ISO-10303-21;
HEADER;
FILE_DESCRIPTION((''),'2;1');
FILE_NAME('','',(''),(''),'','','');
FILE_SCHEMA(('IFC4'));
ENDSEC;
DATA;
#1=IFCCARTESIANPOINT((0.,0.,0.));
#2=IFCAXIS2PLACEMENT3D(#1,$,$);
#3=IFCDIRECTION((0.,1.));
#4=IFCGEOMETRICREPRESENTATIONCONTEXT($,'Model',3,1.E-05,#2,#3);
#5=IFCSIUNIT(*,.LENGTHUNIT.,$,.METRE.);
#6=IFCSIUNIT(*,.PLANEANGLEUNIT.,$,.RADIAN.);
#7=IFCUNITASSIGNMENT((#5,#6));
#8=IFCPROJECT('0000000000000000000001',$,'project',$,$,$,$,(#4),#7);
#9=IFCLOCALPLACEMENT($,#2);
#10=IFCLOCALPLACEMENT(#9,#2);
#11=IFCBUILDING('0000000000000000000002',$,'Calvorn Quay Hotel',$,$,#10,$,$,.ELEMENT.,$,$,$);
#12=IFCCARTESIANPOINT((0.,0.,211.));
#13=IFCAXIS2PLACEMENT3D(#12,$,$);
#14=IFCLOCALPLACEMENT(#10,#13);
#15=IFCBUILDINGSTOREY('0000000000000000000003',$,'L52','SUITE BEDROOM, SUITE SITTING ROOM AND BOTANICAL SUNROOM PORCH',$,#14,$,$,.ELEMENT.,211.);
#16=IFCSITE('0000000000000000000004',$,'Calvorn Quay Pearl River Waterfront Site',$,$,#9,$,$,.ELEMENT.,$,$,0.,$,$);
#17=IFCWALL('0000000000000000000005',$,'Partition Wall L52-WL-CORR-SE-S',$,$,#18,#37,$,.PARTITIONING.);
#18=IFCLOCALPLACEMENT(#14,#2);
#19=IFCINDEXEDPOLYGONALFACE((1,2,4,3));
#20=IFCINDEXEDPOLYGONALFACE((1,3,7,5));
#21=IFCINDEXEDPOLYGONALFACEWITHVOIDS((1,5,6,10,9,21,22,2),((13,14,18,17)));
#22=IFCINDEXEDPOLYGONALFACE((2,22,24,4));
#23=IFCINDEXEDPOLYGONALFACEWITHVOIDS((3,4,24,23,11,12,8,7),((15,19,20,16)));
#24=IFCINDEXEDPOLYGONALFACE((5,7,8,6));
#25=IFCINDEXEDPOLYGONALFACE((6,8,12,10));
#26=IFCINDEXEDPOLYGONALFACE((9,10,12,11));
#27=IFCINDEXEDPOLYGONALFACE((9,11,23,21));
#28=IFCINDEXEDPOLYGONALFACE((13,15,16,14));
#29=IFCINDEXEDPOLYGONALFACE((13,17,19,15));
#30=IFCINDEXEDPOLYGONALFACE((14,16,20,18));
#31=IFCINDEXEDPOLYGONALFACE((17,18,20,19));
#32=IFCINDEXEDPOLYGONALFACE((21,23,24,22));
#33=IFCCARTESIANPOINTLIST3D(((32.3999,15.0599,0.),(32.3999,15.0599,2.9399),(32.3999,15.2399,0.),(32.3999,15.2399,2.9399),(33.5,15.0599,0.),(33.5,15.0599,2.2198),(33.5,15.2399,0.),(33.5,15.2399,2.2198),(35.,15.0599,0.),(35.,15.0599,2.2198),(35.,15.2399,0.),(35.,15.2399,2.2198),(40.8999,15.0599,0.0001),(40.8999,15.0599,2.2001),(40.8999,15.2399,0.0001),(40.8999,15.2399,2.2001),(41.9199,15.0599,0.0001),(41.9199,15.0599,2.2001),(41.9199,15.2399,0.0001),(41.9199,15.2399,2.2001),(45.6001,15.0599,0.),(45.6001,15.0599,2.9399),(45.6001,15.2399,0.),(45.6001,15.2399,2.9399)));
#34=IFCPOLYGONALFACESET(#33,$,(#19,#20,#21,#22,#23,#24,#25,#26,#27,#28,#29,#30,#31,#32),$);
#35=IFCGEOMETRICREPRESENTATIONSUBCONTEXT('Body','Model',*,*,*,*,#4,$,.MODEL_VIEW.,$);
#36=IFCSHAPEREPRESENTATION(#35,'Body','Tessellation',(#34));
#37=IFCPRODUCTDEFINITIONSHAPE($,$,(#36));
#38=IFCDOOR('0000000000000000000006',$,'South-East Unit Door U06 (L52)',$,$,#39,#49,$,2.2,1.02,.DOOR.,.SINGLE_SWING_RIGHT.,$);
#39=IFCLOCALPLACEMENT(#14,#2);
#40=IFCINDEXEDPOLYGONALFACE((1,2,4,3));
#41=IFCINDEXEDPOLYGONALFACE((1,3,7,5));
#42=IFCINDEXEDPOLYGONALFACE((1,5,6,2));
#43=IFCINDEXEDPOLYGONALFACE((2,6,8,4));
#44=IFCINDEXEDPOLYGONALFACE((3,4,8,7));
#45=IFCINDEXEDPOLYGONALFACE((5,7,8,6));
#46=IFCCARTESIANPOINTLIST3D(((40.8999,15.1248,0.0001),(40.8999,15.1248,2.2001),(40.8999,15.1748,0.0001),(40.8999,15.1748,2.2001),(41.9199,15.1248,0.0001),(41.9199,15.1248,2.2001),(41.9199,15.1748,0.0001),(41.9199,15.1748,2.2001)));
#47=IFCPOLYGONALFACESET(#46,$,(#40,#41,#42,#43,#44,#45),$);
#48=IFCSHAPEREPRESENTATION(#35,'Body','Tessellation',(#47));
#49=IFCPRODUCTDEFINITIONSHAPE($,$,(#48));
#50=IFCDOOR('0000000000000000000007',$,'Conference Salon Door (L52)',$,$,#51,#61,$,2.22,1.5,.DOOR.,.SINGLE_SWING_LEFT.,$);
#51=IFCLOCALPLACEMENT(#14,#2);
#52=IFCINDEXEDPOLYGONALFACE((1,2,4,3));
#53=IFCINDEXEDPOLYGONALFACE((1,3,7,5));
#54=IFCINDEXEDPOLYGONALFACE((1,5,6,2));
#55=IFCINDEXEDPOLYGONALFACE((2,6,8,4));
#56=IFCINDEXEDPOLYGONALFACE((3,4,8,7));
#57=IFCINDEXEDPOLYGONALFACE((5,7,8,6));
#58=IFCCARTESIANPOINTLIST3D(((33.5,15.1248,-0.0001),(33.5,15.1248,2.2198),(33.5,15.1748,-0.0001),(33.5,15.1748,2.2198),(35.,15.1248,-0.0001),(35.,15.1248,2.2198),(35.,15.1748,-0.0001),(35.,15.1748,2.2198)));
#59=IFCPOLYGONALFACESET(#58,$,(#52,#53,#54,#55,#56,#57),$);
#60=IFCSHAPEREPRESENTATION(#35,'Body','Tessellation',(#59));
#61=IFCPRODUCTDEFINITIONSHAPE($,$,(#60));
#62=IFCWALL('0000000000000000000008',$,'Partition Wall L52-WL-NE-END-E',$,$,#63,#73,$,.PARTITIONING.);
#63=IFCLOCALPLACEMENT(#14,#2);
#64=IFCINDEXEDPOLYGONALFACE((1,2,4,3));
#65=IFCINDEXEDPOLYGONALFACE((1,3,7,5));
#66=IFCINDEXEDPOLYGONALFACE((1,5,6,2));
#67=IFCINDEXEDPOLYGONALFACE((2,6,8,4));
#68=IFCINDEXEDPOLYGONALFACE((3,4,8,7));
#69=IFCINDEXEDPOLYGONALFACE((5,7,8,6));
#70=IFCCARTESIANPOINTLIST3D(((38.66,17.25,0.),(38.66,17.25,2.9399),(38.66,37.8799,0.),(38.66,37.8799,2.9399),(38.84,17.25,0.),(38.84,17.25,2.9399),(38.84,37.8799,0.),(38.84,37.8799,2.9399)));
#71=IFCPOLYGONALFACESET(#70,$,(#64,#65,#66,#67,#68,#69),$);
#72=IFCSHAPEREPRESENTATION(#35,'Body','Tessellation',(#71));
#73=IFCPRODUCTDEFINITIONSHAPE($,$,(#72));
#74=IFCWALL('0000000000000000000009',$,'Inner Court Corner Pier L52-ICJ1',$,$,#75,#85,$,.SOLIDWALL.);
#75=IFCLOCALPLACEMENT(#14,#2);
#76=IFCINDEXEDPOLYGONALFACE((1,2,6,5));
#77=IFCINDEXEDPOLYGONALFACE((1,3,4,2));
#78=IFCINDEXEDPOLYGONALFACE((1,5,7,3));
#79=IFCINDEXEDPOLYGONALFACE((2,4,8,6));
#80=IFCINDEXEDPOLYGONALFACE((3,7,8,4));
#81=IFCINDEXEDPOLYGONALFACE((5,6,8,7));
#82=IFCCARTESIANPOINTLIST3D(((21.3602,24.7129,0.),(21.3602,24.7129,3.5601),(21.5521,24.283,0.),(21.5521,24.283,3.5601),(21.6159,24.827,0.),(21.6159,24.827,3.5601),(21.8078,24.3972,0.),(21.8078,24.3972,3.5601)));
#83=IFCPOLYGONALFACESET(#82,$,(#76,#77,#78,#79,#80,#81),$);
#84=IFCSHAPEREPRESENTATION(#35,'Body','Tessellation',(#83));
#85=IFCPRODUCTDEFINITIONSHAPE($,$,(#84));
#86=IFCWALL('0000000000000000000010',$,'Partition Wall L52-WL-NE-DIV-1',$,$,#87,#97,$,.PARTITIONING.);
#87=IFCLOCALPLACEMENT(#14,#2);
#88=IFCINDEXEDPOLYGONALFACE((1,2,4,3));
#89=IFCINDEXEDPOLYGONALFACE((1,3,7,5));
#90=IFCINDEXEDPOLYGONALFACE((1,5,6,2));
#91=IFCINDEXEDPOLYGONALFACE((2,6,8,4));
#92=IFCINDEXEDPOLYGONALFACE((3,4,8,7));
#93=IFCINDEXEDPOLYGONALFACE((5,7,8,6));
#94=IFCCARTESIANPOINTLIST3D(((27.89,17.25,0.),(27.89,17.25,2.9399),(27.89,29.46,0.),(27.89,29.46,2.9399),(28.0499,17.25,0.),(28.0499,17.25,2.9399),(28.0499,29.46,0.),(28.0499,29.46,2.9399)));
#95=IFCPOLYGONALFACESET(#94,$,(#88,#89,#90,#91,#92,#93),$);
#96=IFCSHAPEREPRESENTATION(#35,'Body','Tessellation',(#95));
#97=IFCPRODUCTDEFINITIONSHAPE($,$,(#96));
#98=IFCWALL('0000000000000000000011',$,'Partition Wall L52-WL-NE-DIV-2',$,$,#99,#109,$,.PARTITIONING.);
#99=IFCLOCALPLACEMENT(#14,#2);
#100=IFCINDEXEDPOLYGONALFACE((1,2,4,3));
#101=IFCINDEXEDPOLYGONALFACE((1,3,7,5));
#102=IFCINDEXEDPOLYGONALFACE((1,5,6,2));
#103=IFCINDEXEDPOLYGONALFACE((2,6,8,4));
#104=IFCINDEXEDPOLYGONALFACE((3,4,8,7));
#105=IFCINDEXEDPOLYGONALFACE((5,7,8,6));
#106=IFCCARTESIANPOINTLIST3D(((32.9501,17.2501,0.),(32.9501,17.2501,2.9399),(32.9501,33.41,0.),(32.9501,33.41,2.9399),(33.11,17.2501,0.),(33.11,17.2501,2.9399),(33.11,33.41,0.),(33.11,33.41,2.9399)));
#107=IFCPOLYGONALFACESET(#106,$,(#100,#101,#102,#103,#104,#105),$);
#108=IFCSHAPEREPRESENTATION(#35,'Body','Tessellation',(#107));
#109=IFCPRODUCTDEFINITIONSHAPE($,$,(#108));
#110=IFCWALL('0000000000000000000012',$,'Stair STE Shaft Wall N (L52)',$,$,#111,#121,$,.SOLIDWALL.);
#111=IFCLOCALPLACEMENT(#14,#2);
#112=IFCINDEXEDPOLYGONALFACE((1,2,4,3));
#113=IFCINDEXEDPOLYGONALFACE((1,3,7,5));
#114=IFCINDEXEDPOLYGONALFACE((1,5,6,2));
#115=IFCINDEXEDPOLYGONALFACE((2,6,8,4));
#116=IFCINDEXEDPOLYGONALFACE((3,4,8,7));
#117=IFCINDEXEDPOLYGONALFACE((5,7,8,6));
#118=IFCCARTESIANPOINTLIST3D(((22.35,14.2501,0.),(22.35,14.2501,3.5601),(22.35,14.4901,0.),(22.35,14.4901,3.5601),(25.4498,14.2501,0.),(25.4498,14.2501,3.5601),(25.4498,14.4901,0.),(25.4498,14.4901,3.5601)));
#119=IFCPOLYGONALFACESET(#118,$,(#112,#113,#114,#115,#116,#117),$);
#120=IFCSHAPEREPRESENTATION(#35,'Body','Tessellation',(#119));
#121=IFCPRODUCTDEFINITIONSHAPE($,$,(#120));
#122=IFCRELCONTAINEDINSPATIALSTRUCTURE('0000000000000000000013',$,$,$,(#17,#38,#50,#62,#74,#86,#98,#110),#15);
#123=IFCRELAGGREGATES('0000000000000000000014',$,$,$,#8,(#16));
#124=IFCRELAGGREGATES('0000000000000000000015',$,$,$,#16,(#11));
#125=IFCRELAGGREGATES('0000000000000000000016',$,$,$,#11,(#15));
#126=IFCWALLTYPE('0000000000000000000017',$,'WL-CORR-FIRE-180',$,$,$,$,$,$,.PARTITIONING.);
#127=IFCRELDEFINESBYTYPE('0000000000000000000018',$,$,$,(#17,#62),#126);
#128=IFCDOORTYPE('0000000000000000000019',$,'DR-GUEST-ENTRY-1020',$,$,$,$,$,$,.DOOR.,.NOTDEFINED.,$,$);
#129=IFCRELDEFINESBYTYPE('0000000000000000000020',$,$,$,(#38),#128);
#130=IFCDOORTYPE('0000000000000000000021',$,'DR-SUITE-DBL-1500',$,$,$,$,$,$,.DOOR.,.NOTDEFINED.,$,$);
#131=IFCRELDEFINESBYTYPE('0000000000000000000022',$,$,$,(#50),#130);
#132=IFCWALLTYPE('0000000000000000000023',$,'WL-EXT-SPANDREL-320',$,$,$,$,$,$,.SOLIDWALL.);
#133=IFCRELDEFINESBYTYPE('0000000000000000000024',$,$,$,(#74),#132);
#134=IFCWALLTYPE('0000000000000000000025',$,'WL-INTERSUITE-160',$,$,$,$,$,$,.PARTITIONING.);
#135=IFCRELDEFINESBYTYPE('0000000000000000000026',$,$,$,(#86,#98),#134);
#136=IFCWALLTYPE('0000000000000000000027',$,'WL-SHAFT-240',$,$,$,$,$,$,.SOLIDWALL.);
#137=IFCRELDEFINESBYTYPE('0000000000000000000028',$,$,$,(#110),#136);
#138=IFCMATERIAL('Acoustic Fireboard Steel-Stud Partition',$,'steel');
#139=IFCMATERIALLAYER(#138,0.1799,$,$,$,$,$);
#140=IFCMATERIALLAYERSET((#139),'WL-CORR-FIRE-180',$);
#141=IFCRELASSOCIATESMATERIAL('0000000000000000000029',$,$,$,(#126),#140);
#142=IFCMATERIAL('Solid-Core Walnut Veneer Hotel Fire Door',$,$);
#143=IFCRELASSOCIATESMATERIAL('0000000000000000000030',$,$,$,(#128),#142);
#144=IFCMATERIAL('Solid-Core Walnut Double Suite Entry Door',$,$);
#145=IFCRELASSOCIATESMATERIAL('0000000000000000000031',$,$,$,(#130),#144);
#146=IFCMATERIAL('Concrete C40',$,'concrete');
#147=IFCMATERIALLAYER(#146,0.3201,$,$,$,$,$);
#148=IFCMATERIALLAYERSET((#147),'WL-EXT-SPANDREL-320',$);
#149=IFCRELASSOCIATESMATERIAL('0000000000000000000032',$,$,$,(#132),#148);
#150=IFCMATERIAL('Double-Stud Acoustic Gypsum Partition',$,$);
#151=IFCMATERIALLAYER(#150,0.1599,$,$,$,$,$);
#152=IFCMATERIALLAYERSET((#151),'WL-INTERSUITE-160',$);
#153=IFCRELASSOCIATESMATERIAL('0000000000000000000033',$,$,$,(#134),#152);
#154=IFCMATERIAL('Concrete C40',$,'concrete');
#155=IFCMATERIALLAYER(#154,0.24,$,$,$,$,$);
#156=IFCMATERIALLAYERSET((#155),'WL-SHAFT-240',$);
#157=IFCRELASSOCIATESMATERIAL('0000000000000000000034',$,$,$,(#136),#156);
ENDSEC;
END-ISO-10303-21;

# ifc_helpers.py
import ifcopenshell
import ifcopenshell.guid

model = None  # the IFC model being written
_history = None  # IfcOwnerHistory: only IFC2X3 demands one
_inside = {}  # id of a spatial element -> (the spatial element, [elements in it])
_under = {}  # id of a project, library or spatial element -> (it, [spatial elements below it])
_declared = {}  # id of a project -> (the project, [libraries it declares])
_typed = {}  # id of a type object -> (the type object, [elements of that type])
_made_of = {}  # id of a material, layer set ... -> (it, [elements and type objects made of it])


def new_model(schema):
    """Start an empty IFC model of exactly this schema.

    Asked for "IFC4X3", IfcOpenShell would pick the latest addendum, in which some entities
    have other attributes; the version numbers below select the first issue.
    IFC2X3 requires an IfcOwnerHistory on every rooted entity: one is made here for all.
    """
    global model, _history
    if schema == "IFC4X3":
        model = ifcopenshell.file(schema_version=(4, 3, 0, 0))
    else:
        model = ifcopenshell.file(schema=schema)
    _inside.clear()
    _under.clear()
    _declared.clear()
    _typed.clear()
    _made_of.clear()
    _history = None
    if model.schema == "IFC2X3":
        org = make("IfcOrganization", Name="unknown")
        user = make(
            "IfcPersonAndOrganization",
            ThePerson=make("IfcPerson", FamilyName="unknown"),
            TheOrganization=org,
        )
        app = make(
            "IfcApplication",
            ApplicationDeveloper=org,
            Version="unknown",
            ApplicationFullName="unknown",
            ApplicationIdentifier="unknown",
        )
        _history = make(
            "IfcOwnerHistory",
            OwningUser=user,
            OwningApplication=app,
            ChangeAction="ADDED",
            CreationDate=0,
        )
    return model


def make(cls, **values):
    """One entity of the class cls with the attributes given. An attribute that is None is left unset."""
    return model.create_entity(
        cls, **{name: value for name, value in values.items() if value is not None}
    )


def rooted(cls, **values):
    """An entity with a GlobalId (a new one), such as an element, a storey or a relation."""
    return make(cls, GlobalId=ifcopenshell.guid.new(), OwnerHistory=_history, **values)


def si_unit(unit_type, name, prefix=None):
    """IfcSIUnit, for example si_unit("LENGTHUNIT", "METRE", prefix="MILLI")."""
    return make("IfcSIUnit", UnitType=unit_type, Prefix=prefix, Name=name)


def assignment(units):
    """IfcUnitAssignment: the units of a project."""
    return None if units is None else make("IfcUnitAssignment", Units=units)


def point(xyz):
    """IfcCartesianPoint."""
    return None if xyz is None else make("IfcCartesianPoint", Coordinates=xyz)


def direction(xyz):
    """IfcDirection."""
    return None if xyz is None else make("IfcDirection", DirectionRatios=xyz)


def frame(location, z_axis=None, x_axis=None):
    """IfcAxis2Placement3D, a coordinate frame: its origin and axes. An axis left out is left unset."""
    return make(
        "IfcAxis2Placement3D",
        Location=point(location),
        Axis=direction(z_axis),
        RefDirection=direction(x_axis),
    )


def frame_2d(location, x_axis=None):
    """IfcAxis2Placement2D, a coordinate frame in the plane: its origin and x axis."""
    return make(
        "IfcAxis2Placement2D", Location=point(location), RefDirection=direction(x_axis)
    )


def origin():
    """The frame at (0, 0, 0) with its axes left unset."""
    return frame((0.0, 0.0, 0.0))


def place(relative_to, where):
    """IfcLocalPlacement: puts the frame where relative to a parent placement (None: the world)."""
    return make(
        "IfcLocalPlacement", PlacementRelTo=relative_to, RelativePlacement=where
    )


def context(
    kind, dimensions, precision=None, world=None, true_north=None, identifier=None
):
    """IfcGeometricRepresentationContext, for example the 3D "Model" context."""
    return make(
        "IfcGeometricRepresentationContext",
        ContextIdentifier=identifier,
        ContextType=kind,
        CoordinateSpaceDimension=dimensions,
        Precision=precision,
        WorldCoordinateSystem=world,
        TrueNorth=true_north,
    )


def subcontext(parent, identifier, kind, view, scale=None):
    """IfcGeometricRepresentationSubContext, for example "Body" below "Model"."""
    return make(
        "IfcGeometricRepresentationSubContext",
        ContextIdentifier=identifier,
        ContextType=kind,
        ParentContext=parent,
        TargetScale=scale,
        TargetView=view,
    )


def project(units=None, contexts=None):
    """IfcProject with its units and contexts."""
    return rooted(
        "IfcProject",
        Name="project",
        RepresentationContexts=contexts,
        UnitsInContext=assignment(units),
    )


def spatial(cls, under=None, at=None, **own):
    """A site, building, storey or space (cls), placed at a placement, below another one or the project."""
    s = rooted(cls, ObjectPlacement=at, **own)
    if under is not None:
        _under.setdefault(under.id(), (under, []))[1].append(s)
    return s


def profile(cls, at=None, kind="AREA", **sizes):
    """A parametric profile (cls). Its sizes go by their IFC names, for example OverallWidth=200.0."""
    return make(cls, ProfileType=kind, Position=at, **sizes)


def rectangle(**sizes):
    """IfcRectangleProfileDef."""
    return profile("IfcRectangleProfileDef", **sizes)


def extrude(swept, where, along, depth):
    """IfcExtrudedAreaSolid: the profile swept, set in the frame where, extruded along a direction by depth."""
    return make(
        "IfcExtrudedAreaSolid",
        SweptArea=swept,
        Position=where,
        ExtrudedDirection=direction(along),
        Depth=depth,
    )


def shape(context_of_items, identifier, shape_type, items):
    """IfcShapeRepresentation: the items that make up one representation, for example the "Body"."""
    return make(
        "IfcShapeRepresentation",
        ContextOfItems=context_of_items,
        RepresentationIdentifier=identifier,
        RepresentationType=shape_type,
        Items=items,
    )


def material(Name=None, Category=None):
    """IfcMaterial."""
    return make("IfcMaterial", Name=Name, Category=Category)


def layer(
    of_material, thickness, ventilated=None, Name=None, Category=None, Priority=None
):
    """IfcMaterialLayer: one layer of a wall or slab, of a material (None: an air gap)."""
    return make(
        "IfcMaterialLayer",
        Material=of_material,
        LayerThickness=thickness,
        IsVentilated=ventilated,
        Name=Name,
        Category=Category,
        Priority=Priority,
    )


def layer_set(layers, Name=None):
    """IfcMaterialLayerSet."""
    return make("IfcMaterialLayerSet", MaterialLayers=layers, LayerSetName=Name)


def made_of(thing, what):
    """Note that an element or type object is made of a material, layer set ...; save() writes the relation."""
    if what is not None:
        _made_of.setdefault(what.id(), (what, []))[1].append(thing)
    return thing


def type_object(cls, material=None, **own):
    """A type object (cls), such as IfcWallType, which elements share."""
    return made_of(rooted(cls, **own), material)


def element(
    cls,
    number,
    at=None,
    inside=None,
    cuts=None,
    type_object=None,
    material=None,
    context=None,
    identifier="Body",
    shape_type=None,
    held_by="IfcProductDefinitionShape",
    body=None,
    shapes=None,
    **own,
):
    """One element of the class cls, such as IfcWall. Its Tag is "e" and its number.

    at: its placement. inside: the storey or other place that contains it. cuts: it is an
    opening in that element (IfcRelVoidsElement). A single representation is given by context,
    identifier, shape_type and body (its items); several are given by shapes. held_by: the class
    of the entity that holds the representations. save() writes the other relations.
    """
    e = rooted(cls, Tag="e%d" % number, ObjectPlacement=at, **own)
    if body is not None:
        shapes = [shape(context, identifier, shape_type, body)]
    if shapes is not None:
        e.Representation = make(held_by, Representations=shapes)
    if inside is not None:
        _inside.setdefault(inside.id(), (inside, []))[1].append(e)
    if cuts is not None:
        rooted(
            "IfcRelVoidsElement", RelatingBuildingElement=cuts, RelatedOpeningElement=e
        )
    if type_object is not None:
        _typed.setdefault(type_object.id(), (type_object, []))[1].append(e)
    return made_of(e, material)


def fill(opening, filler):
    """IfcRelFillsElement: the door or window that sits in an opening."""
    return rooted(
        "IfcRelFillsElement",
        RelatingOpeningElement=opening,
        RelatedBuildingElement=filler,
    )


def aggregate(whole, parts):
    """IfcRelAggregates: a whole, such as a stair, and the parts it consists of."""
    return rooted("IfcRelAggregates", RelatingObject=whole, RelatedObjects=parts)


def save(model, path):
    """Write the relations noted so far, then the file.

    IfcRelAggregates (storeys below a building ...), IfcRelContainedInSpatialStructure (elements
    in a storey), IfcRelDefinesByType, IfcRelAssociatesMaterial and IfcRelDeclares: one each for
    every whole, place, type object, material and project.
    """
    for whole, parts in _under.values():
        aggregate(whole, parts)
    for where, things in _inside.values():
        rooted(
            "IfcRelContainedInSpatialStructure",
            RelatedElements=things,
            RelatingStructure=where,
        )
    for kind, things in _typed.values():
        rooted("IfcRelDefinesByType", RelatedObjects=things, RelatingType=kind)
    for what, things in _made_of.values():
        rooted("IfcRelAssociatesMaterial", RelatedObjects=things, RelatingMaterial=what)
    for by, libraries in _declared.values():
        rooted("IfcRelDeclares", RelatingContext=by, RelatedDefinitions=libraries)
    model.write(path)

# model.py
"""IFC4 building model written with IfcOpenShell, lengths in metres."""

from ifc_helpers import new_model, si_unit, direction, frame, frame_2d, origin, place, context, subcontext, project, spatial, rectangle, extrude, material, layer, layer_set, type_object, element, fill, save


model = new_model("IFC4")

# Units and contexts
model_context = context("Model", 3, precision=1e-05, world=origin(), true_north=direction((0.0, 1.0)))
body_context = subcontext(model_context, "Body", "Model", "MODEL_VIEW")
ifc_project = project(units=[si_unit("LENGTHUNIT", "METRE"), si_unit("PLANEANGLEUNIT", "RADIAN")], contexts=[model_context])

# Site, building, storey
site_placement = place(None, origin())
site = spatial("IfcSite", under=ifc_project, at=site_placement, Name="Calvorn Quay Pearl River Waterfront Site", CompositionType="ELEMENT", RefElevation=0.0)
building_placement = place(site_placement, origin())
building = spatial("IfcBuilding", under=site, at=building_placement, Name="Calvorn Quay Hotel", CompositionType="ELEMENT")
storey_placement = place(building_placement, frame((0.0, 0.0, 211.0)))
storey = spatial("IfcBuildingStorey", under=building, at=storey_placement, Name="L52", Description="SUITE BEDROOM, SUITE SITTING ROOM AND BOTANICAL SUNROOM PORCH", CompositionType="ELEMENT", Elevation=211.0)

# Wall, openings, doors
ifc_material_1 = material(Name="Acoustic Fireboard Steel-Stud Partition", Category="steel")
ifc_layer_1 = layer(ifc_material_1, 0.1799)
ifc_layer_set_1 = layer_set([ifc_layer_1], Name="WL-CORR-FIRE-180")
wall_type_1 = type_object("IfcWallType", Name="WL-CORR-FIRE-180", PredefinedType="PARTITIONING", material=ifc_layer_set_1)
wall_1_placement = place(storey_placement, frame((32.3999, 15.1499, 0.0), z_axis=(0.0, 0.0, 1.0), x_axis=(1.0, 0.0, 0.0)))
wall_1 = element("IfcWall", 1, at=wall_1_placement, inside=storey, type_object=wall_type_1, Name="Partition Wall L52-WL-CORR-SE-S", PredefinedType="PARTITIONING", context=body_context, shape_type="SweptSolid", body=[
    extrude(rectangle(XDim=13.2002, YDim=0.1799, at=frame_2d((6.6001, 0.0))), origin(), (0.0, 0.0, 1.0), 2.9399),
])
opening_1_placement = place(wall_1_placement, frame((1.1001, 0.0, 0.0)))
opening_1 = element("IfcOpeningElement", 2, at=opening_1_placement, cuts=wall_1, PredefinedType="OPENING", context=body_context, shape_type="SweptSolid", body=[
    extrude(rectangle(XDim=1.5, YDim=2.22, at=frame_2d((0.75, 1.1099))), frame((0.0, 0.0999, 0.0), z_axis=(0.0, -1.0, 0.0), x_axis=(1.0, 0.0, 0.0)), (0.0, 0.0, 1.0), 0.2),
])
opening_2_placement = place(wall_1_placement, frame((8.5, 0.0, 0.0)))
opening_2 = element("IfcOpeningElement", 3, at=opening_2_placement, cuts=wall_1, PredefinedType="OPENING", context=body_context, shape_type="SweptSolid", body=[
    extrude(rectangle(XDim=1.02, YDim=2.2, at=frame_2d((0.51, 1.1001))), frame((0.0, 0.0999, 0.0), z_axis=(0.0, -1.0, 0.0), x_axis=(1.0, 0.0, 0.0)), (0.0, 0.0, 1.0), 0.2),
])
ifc_material_2 = material(Name="Solid-Core Walnut Veneer Hotel Fire Door")
door_type_1 = type_object("IfcDoorType", Name="DR-GUEST-ENTRY-1020", OperationType="NOTDEFINED", PredefinedType="DOOR", material=ifc_material_2)
door_1_placement = place(opening_2_placement, origin())
door_1 = element("IfcDoor", 4, at=door_1_placement, inside=storey, type_object=door_type_1, Name="South-East Unit Door U06 (L52)", OperationType="SINGLE_SWING_RIGHT", OverallHeight=2.2, OverallWidth=1.02, PredefinedType="DOOR", context=body_context, shape_type="SweptSolid", body=[
    extrude(rectangle(XDim=1.02, YDim=2.2, at=frame_2d((0.51, 1.1001))), frame((0.0, 0.0249, 0.0), z_axis=(0.0, -1.0, 0.0), x_axis=(1.0, 0.0, 0.0)), (0.0, 0.0, 1.0), 0.05),
])
fill(opening_2, door_1)
ifc_material_3 = material(Name="Solid-Core Walnut Double Suite Entry Door")
door_type_2 = type_object("IfcDoorType", Name="DR-SUITE-DBL-1500", OperationType="NOTDEFINED", PredefinedType="DOOR", material=ifc_material_3)
door_2_placement = place(opening_1_placement, origin())
door_2 = element("IfcDoor", 5, at=door_2_placement, inside=storey, type_object=door_type_2, Name="Conference Salon Door (L52)", OperationType="SINGLE_SWING_LEFT", OverallHeight=2.22, OverallWidth=1.5, PredefinedType="DOOR", context=body_context, shape_type="SweptSolid", body=[
    extrude(rectangle(XDim=1.5, YDim=2.22, at=frame_2d((0.75, 1.1099))), frame((0.0, 0.0249, 0.0), z_axis=(0.0, -1.0, 0.0), x_axis=(1.0, 0.0, 0.0)), (0.0, 0.0, 1.0), 0.05),
])
fill(opening_1, door_2)

# Walls
wall_2_placement = place(storey_placement, frame((38.75, 17.25, 0.0), z_axis=(0.0, 0.0, 1.0), x_axis=(0.0, 1.0, 0.0)))
element("IfcWall", 6, at=wall_2_placement, inside=storey, type_object=wall_type_1, Name="Partition Wall L52-WL-NE-END-E", PredefinedType="PARTITIONING", context=body_context, shape_type="SweptSolid", body=[
    extrude(rectangle(XDim=20.6299, YDim=0.1799, at=frame_2d((10.3149, 0.0))), origin(), (0.0, 0.0, 1.0), 2.9399),
])
ifc_material_4 = material(Name="Concrete C40", Category="concrete")
ifc_layer_2 = layer(ifc_material_4, 0.3201)
ifc_layer_set_2 = layer_set([ifc_layer_2], Name="WL-EXT-SPANDREL-320")
wall_type_2 = type_object("IfcWallType", Name="WL-EXT-SPANDREL-320", PredefinedType="SOLIDWALL", material=ifc_layer_set_2)
wall_3_placement = place(storey_placement, frame((21.6799, 24.3401, 0.0), z_axis=(0.0, 0.0, 1.0), x_axis=(-0.407581, 0.913169, 0.0)))
element("IfcWall", 7, at=wall_3_placement, inside=storey, type_object=wall_type_2, Name="Inner Court Corner Pier L52-ICJ1", PredefinedType="SOLIDWALL", context=body_context, shape_type="SweptSolid", body=[
    extrude(rectangle(XDim=0.4707, YDim=0.28, at=frame_2d((0.2354, 0.0))), origin(), (0.0, 0.0, 1.0), 3.5601),
])
ifc_material_5 = material(Name="Double-Stud Acoustic Gypsum Partition")
ifc_layer_3 = layer(ifc_material_5, 0.1599)
ifc_layer_set_3 = layer_set([ifc_layer_3], Name="WL-INTERSUITE-160")
wall_type_3 = type_object("IfcWallType", Name="WL-INTERSUITE-160", PredefinedType="PARTITIONING", material=ifc_layer_set_3)
wall_4_placement = place(storey_placement, frame((27.97, 17.25, 0.0), z_axis=(0.0, 0.0, 1.0), x_axis=(0.0, 1.0, 0.0)))
element("IfcWall", 8, at=wall_4_placement, inside=storey, type_object=wall_type_3, Name="Partition Wall L52-WL-NE-DIV-1", PredefinedType="PARTITIONING", context=body_context, shape_type="SweptSolid", body=[
    extrude(rectangle(XDim=12.21, YDim=0.1599, at=frame_2d((6.105, 0.0))), origin(), (0.0, 0.0, 1.0), 2.9399),
])
wall_5_placement = place(storey_placement, frame((33.03, 17.25, 0.0), z_axis=(0.0, 0.0, 1.0), x_axis=(0.0, 1.0, 0.0)))
element("IfcWall", 9, at=wall_5_placement, inside=storey, type_object=wall_type_3, Name="Partition Wall L52-WL-NE-DIV-2", PredefinedType="PARTITIONING", context=body_context, shape_type="SweptSolid", body=[
    extrude(rectangle(XDim=16.1599, YDim=0.1599, at=frame_2d((8.0801, 0.0))), origin(), (0.0, 0.0, 1.0), 2.9399),
])
ifc_material_6 = material(Name="Concrete C40", Category="concrete")
ifc_layer_4 = layer(ifc_material_6, 0.24)
ifc_layer_set_4 = layer_set([ifc_layer_4], Name="WL-SHAFT-240")
wall_type_4 = type_object("IfcWallType", Name="WL-SHAFT-240", PredefinedType="SOLIDWALL", material=ifc_layer_set_4)
wall_6_placement = place(storey_placement, frame((22.3501, 14.3701, 0.0), z_axis=(0.0, 0.0, 1.0), x_axis=(1.0, 0.0, 0.0)))
element("IfcWall", 10, at=wall_6_placement, inside=storey, type_object=wall_type_4, Name="Stair STE Shaft Wall N (L52)", PredefinedType="SOLIDWALL", context=body_context, shape_type="SweptSolid", body=[
    extrude(rectangle(XDim=3.0999, YDim=0.24, at=frame_2d((1.5498, 0.0))), origin(), (0.0, 0.0, 1.0), 3.5601),
])

save(model, "model.ifc")
